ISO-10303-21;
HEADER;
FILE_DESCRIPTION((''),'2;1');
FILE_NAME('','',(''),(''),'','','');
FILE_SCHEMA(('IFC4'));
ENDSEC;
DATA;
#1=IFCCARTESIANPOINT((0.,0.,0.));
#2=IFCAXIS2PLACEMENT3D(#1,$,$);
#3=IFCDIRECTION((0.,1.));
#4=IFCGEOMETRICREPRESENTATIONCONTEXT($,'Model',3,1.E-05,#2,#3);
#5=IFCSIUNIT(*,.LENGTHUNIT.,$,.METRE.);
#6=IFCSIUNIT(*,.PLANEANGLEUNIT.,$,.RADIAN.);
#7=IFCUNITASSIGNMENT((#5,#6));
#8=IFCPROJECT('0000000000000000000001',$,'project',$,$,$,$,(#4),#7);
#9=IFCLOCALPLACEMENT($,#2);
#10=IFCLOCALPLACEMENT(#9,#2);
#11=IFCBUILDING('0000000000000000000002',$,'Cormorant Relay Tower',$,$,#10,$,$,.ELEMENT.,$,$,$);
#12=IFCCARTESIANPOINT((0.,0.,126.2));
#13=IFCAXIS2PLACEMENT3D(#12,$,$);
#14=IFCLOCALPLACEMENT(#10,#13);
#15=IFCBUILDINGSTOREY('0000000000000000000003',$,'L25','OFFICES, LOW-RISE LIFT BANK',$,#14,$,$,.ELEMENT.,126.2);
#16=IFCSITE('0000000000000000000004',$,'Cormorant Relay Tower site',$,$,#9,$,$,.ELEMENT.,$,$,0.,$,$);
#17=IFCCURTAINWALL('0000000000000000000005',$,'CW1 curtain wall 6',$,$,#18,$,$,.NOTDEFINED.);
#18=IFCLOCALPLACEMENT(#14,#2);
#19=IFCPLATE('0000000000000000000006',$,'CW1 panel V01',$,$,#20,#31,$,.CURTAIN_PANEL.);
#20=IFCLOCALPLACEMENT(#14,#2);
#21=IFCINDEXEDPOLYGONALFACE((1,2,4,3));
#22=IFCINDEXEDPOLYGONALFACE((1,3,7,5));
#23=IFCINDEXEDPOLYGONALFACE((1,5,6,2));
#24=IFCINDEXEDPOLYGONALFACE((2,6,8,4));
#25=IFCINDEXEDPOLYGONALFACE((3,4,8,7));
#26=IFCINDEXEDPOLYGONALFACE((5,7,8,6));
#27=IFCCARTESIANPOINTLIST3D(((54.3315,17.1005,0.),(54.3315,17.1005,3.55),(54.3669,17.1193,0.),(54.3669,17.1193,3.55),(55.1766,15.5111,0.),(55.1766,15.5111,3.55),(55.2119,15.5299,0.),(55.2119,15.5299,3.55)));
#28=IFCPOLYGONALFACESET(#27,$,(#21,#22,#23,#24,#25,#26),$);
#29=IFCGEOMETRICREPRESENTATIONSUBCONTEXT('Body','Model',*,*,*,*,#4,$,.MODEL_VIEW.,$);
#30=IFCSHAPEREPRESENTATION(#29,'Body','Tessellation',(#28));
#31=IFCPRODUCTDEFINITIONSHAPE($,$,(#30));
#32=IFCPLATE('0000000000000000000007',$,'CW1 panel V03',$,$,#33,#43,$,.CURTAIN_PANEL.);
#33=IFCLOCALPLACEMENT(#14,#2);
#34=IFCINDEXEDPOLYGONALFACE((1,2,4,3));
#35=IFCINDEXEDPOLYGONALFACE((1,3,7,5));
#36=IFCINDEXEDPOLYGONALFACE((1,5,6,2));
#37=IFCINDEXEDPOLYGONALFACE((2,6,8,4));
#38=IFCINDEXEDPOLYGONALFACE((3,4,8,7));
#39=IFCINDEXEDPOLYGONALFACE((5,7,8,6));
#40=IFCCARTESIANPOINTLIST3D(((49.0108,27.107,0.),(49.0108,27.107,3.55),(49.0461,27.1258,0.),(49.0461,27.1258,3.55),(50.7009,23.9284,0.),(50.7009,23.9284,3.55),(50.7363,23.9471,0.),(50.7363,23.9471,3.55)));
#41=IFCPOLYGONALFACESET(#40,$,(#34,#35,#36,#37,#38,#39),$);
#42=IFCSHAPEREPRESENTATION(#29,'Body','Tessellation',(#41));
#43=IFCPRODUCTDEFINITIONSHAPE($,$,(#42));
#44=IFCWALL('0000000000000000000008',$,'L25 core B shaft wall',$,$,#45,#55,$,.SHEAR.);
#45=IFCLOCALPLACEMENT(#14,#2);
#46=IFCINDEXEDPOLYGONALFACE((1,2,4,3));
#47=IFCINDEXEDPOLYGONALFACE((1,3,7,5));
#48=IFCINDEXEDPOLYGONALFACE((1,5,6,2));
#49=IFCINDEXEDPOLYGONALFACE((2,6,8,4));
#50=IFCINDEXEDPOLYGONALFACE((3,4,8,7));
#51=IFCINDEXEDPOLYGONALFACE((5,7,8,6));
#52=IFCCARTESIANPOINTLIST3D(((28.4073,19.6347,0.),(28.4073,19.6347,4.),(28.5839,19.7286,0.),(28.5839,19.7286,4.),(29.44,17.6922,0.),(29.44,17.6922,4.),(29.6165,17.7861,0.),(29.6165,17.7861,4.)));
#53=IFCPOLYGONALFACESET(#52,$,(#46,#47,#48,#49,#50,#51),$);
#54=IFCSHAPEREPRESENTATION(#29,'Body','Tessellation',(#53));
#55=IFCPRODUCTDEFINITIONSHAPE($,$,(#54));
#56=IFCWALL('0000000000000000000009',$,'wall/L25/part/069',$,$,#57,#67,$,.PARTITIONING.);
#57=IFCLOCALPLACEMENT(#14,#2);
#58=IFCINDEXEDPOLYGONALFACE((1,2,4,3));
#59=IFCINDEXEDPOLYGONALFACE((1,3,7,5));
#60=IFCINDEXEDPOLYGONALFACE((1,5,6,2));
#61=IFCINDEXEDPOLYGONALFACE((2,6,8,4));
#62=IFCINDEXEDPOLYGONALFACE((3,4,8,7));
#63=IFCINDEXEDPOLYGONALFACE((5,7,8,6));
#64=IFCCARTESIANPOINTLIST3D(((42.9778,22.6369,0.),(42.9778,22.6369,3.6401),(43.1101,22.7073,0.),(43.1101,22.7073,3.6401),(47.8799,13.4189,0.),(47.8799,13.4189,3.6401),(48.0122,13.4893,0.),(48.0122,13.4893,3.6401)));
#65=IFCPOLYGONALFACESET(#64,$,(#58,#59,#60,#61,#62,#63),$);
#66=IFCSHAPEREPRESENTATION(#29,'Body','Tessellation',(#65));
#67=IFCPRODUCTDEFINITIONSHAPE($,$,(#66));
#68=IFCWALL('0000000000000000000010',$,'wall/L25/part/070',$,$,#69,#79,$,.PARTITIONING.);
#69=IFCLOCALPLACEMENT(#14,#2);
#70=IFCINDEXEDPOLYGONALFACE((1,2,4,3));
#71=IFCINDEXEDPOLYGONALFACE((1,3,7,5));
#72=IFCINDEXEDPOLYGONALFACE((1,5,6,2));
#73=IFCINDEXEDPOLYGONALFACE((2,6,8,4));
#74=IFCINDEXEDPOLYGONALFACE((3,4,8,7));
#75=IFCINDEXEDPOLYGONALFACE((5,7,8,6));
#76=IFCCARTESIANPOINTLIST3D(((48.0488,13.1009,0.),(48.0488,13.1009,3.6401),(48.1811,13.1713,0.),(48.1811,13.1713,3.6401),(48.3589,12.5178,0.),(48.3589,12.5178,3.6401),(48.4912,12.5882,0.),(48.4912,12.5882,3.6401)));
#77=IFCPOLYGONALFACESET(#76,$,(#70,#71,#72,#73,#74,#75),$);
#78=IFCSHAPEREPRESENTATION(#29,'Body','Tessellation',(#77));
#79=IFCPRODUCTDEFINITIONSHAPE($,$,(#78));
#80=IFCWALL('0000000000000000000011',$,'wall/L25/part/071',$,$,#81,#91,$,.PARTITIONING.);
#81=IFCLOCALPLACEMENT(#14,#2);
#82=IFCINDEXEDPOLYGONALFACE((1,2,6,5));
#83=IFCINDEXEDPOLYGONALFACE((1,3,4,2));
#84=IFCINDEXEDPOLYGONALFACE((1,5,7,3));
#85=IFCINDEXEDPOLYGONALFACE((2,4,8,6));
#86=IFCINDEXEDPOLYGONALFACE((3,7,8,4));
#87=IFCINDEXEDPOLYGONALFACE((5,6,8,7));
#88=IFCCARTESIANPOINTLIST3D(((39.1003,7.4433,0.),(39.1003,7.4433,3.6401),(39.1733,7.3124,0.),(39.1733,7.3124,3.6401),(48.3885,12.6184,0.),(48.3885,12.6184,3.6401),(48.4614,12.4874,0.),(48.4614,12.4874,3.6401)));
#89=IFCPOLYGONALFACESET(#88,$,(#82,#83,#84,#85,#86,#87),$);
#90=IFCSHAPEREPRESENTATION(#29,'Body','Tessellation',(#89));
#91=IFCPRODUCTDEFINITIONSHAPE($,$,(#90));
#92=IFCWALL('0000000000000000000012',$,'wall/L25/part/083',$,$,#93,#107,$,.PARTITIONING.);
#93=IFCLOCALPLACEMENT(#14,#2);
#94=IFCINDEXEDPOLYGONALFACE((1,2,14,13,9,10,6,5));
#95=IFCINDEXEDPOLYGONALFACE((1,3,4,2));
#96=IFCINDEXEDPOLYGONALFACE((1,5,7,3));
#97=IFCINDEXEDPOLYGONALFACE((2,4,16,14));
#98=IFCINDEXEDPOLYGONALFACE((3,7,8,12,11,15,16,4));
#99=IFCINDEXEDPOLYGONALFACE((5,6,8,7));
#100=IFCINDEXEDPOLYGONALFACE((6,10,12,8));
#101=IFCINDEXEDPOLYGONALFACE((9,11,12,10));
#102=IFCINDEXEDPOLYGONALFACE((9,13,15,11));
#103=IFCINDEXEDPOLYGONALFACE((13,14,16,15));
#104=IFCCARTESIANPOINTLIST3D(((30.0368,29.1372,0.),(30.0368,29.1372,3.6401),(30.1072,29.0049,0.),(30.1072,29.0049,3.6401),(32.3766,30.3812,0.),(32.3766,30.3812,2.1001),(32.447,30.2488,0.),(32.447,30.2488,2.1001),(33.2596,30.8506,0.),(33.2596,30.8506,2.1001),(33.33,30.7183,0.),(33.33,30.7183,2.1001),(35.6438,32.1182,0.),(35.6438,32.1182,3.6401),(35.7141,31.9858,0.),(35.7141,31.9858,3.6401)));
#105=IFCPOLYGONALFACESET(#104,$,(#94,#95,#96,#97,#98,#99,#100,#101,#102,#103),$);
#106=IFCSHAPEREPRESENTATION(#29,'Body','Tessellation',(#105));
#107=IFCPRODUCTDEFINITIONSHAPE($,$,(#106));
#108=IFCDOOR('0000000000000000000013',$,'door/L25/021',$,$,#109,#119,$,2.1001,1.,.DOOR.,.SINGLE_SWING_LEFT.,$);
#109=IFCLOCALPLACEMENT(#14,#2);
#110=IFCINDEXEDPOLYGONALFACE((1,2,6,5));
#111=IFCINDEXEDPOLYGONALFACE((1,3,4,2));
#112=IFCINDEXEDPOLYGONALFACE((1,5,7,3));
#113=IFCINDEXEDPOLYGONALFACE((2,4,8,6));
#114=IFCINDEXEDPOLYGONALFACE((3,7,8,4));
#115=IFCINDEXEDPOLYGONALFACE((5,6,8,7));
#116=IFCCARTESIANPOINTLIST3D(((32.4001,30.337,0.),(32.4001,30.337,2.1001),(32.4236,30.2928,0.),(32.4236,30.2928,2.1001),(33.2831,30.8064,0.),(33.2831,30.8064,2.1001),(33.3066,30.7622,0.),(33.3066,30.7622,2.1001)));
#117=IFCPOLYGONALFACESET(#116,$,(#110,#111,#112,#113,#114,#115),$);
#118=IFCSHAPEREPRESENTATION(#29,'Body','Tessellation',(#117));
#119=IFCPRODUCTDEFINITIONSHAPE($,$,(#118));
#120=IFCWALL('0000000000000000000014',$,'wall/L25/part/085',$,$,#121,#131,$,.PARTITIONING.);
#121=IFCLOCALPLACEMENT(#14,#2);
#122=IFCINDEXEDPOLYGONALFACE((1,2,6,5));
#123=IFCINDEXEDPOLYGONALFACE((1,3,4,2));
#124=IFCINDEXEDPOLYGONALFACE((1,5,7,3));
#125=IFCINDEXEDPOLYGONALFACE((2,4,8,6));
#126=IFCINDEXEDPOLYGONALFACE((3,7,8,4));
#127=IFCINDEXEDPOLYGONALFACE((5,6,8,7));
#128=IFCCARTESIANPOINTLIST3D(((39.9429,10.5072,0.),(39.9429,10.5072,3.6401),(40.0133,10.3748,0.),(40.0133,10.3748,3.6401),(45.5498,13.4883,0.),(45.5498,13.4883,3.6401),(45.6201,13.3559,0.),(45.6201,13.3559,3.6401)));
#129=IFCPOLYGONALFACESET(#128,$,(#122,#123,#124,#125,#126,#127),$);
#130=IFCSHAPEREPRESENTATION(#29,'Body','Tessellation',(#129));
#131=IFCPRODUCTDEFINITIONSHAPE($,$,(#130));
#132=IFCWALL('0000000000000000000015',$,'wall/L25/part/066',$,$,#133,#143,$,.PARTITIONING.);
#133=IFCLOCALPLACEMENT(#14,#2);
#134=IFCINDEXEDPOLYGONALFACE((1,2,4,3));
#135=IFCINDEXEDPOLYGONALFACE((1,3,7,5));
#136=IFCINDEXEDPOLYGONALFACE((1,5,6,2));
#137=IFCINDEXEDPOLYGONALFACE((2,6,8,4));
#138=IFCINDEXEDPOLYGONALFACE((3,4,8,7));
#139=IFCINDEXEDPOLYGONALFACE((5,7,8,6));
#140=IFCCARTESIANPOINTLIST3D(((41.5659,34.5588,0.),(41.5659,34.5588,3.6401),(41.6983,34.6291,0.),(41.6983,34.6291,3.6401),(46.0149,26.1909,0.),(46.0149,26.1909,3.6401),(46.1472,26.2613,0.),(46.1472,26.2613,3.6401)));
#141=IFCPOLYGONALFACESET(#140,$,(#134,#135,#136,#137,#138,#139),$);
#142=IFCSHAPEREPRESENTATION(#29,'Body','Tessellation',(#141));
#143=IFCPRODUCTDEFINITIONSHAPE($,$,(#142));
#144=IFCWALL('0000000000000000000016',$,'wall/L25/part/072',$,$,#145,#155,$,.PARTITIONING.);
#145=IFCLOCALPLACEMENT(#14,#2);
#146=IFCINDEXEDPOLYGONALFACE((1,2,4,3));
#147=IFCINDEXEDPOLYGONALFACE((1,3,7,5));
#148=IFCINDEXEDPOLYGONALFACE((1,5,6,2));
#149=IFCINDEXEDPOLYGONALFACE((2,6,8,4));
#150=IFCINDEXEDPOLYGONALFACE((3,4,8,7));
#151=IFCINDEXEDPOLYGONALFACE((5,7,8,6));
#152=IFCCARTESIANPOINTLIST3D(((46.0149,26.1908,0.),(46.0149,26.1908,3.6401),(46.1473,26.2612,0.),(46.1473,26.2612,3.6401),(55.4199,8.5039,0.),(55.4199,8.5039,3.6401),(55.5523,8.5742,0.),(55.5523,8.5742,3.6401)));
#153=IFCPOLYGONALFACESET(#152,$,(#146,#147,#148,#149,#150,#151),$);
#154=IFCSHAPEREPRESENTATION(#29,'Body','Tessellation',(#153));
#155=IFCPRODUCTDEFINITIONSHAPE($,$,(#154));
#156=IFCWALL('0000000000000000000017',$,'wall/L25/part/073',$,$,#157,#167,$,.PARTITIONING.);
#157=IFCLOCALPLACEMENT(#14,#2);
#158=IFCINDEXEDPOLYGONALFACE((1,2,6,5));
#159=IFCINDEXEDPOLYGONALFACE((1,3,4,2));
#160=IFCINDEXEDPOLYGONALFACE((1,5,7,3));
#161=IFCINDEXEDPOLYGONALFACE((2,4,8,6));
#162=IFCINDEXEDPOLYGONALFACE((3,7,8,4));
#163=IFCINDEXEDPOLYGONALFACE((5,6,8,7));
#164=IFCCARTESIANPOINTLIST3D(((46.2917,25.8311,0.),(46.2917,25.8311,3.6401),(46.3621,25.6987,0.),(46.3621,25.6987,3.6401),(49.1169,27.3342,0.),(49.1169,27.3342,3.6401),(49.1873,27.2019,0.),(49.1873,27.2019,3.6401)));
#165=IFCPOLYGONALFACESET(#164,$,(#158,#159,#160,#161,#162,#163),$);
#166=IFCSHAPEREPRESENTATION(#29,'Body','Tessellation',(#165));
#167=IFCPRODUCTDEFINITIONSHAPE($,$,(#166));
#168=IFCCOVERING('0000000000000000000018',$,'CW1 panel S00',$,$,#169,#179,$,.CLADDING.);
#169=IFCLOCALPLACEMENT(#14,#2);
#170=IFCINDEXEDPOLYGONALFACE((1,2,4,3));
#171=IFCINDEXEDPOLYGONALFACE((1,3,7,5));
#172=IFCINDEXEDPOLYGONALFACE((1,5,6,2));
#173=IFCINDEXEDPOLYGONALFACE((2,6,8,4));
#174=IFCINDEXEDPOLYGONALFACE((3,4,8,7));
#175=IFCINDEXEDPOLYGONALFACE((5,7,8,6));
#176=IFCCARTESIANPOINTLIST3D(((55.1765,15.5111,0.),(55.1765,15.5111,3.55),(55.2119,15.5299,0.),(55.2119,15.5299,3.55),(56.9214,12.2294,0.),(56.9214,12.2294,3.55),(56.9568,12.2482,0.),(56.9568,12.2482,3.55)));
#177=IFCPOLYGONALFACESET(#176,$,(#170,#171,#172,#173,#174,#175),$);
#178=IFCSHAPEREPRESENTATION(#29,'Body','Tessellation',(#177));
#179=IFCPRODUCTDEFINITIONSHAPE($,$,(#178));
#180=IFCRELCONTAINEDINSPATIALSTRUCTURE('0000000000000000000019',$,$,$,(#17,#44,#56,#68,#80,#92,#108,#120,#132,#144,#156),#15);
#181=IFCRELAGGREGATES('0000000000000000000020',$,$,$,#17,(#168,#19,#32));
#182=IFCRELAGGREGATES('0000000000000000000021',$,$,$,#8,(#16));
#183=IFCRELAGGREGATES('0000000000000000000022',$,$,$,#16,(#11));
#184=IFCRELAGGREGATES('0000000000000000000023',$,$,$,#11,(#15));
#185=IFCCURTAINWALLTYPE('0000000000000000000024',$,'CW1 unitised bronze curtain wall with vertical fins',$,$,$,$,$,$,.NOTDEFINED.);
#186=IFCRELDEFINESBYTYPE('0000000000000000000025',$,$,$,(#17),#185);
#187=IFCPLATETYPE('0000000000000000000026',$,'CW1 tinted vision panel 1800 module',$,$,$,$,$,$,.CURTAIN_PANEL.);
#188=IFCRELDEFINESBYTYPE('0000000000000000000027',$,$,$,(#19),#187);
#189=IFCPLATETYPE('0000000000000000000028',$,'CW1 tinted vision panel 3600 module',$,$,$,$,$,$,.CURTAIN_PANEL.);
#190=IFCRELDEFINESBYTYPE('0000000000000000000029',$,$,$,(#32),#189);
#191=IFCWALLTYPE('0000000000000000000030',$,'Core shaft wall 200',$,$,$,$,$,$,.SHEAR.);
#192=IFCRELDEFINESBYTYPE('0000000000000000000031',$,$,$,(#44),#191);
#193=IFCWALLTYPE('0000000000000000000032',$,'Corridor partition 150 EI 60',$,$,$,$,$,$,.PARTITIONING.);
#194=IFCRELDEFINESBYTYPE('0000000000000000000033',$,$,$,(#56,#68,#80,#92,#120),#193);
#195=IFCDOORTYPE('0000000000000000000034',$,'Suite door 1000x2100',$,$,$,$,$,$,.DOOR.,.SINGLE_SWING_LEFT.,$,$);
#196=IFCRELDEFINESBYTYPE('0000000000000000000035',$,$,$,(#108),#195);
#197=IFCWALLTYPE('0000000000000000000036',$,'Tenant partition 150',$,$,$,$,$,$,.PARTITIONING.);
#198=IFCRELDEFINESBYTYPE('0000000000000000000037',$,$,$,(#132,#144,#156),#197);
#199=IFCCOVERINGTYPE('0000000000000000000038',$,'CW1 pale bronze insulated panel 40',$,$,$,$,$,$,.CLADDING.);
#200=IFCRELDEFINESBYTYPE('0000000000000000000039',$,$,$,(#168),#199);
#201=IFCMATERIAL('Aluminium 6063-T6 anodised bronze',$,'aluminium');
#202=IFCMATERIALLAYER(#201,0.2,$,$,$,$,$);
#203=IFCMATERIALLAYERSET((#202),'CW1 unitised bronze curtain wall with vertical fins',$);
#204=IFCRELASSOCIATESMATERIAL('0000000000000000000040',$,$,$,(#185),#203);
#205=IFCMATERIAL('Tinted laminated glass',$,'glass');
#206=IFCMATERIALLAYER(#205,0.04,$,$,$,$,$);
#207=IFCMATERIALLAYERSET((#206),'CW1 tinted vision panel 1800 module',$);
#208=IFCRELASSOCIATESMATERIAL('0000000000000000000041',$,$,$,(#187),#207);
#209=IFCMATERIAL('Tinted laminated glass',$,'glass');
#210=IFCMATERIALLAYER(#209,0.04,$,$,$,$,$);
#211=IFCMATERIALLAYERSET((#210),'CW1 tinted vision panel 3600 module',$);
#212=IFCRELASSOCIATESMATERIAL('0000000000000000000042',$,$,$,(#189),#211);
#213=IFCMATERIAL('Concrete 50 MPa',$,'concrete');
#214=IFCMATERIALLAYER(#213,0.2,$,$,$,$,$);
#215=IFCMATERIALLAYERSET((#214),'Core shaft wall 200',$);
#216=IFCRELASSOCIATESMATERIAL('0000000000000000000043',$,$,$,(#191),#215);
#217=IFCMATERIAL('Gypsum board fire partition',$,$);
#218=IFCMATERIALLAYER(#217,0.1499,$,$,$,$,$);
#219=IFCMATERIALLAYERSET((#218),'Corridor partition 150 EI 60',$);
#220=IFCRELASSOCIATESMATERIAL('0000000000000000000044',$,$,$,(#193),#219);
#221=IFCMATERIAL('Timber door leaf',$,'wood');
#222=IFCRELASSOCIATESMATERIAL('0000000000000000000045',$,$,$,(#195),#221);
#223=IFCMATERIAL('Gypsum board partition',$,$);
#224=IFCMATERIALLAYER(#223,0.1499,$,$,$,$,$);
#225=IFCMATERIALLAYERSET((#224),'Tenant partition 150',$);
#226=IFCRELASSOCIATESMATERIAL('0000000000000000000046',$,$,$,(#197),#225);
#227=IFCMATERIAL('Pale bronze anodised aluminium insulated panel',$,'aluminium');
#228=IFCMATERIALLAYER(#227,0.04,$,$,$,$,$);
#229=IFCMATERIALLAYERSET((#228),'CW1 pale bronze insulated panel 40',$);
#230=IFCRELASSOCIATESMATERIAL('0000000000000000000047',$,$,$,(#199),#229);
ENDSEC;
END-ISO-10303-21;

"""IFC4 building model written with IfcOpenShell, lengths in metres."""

from ifc_helpers import new_model, si_unit, direction, frame, frame_2d, origin, origin_2d, place, context, subcontext, project, spatial, rectangle, extrude, material, layer, layer_set, type_object, element, fill, aggregate, save


model = new_model("IFC4")

# Units and contexts
model_context = context("Model", 3, precision=1e-05, world=origin(), true_north=direction((0.0, 1.0)))
body_context = subcontext(model_context, "Body", "Model", "MODEL_VIEW")
ifc_project = project(units=[si_unit("LENGTHUNIT", "METRE"), si_unit("PLANEANGLEUNIT", "RADIAN")], contexts=[model_context])

# Site, building, storey
site_placement = place(None, origin())
site = spatial("IfcSite", under=ifc_project, at=site_placement, Name="Cormorant Relay Tower site", CompositionType="ELEMENT", RefElevation=0.0)
building_placement = place(site_placement, origin())
building = spatial("IfcBuilding", under=site, at=building_placement, Name="Cormorant Relay Tower", CompositionType="ELEMENT")
storey_placement = place(building_placement, frame((0.0, 0.0, 126.2)))
storey = spatial("IfcBuildingStorey", under=building, at=storey_placement, Name="L25", Description="OFFICES, LOW-RISE LIFT BANK", CompositionType="ELEMENT", Elevation=126.2)

# Curtain wall
ifc_material_1 = material(Name="Aluminium 6063-T6 anodised bronze", Category="aluminium")
ifc_layer_1 = layer(ifc_material_1, 0.2)
ifc_layer_set_1 = layer_set([ifc_layer_1], Name="CW1 unitised bronze curtain wall with vertical fins")
curtain_wall_type = type_object("IfcCurtainWallType", Name="CW1 unitised bronze curtain wall with vertical fins", PredefinedType="NOTDEFINED", material=ifc_layer_set_1)
curtain_wall_placement = place(storey_placement, origin())
curtain_wall = element("IfcCurtainWall", 1, at=curtain_wall_placement, inside=storey, type_object=curtain_wall_type, Name="CW1 curtain wall 6", PredefinedType="NOTDEFINED")

# Plates
ifc_material_2 = material(Name="Tinted laminated glass", Category="glass")
ifc_layer_2 = layer(ifc_material_2, 0.04)
ifc_layer_set_2 = layer_set([ifc_layer_2], Name="CW1 tinted vision panel 1800 module")
plate_type_1 = type_object("IfcPlateType", Name="CW1 tinted vision panel 1800 module", PredefinedType="CURTAIN_PANEL", material=ifc_layer_set_2)
plate_1_placement = place(storey_placement, frame((54.7717, 16.3152, 0.0), z_axis=(0.0, 0.0, 1.0), x_axis=(-0.469472, 0.882948, 0.0)))
plate_1 = element("IfcPlate", 2, at=plate_1_placement, type_object=plate_type_1, Name="CW1 panel V01", PredefinedType="CURTAIN_PANEL", context=body_context, shape_type="SweptSolid", body=[
    extrude(rectangle(XDim=1.8, YDim=0.04, at=origin_2d()), origin(), (0.0, 0.0, 1.0), 3.55),
])
ifc_material_3 = material(Name="Tinted laminated glass", Category="glass")
ifc_layer_3 = layer(ifc_material_3, 0.04)
ifc_layer_set_3 = layer_set([ifc_layer_3], Name="CW1 tinted vision panel 3600 module")
plate_type_2 = type_object("IfcPlateType", Name="CW1 tinted vision panel 3600 module", PredefinedType="CURTAIN_PANEL", material=ifc_layer_set_3)
plate_2_placement = place(storey_placement, frame((49.8735, 25.5271, 0.0), z_axis=(0.0, 0.0, 1.0), x_axis=(-0.469472, 0.882948, 0.0)))
plate_2 = element("IfcPlate", 3, at=plate_2_placement, type_object=plate_type_2, Name="CW1 panel V03", PredefinedType="CURTAIN_PANEL", context=body_context, shape_type="SweptSolid", body=[
    extrude(rectangle(XDim=3.6001, YDim=0.04, at=origin_2d()), origin(), (0.0, 0.0, 1.0), 3.55),
])

# Wall
ifc_material_4 = material(Name="Concrete 50 MPa", Category="concrete")
ifc_layer_4 = layer(ifc_material_4, 0.2)
ifc_layer_set_4 = layer_set([ifc_layer_4], Name="Core shaft wall 200")
wall_type_1 = type_object("IfcWallType", Name="Core shaft wall 200", PredefinedType="SHEAR", material=ifc_layer_set_4)
wall_1_placement = place(storey_placement, frame((29.5283, 17.739, 0.0), z_axis=(0.0, 0.0, 1.0), x_axis=(-0.469401, 0.882985, 0.0)))
element("IfcWall", 4, at=wall_1_placement, inside=storey, type_object=wall_type_1, Name="L25 core B shaft wall", PredefinedType="SHEAR", context=body_context, shape_type="SweptSolid", body=[
    extrude(rectangle(XDim=2.2, YDim=0.2, at=frame_2d((1.1001, 0.0))), origin(), (0.0, 0.0, 1.0), 4.0),
])

# Walls
ifc_material_5 = material(Name="Gypsum board fire partition")
ifc_layer_5 = layer(ifc_material_5, 0.1499)
ifc_layer_set_5 = layer_set([ifc_layer_5], Name="Corridor partition 150 EI 60")
wall_type_2 = type_object("IfcWallType", Name="Corridor partition 150 EI 60", PredefinedType="PARTITIONING", material=ifc_layer_set_5)
wall_2_placement = place(storey_placement, frame((43.0439, 22.6721, 0.0), z_axis=(0.0, 0.0, 1.0), x_axis=(0.469531, -0.882916, 0.0)))
element("IfcWall", 5, at=wall_2_placement, inside=storey, type_object=wall_type_2, Name="wall/L25/part/069", PredefinedType="PARTITIONING", context=body_context, shape_type="SweptSolid", body=[
    extrude(rectangle(XDim=10.4404, YDim=0.1499, at=frame_2d((5.2202, 0.0))), origin(), (0.0, 0.0, 1.0), 3.6401),
])
wall_3_placement = place(storey_placement, frame((48.115, 13.136, 0.0), z_axis=(0.0, 0.0, 1.0), x_axis=(0.469552, -0.882905, 0.0)))
element("IfcWall", 6, at=wall_3_placement, inside=storey, type_object=wall_type_2, Name="wall/L25/part/070", PredefinedType="PARTITIONING", context=body_context, shape_type="SweptSolid", body=[
    extrude(rectangle(XDim=0.6604, YDim=0.1499, at=frame_2d((0.3301, 0.0))), origin(), (0.0, 0.0, 1.0), 3.6401),
])
wall_4_placement = place(storey_placement, frame((48.425, 12.553, 0.0), z_axis=(0.0, 0.0, 1.0), x_axis=(-0.873558, -0.486721, 0.0)))
element("IfcWall", 7, at=wall_4_placement, inside=storey, type_object=wall_type_2, Name="wall/L25/part/071", PredefinedType="PARTITIONING", context=body_context, shape_type="SweptSolid", body=[
    extrude(rectangle(XDim=10.6326, YDim=0.1499, at=frame_2d((5.3164, 0.0))), origin(), (0.0, 0.0, 1.0), 3.6401),
])

# Wall, opening, door
wall_5_placement = place(storey_placement, frame((30.072, 29.071, 0.0), z_axis=(0.0, 0.0, 1.0), x_axis=(0.882967, 0.469434, 0.0)))
wall_5 = element("IfcWall", 8, at=wall_5_placement, inside=storey, type_object=wall_type_2, Name="wall/L25/part/083", PredefinedType="PARTITIONING", context=body_context, shape_type="SweptSolid", body=[
    extrude(rectangle(XDim=6.3501, YDim=0.1499, at=frame_2d((3.175, 0.0))), origin(), (0.0, 0.0, 1.0), 3.6401),
])
opening_1_placement = place(wall_5_placement, frame((2.6499, 0.0, 0.0)))
opening_1 = element("IfcOpeningElement", 9, at=opening_1_placement, cuts=wall_5, PredefinedType="OPENING", context=body_context, shape_type="SweptSolid", body=[
    extrude(rectangle(XDim=1.0, YDim=2.1001, at=frame_2d((0.5, 1.05))), frame((0.0, 0.085, 0.0), z_axis=(0.0, -1.0, 0.0), x_axis=(1.0, 0.0, 0.0)), (0.0, 0.0, 1.0), 0.1699),
])
ifc_material_6 = material(Name="Timber door leaf", Category="wood")
door_type_1 = type_object("IfcDoorType", Name="Suite door 1000x2100", OperationType="SINGLE_SWING_LEFT", PredefinedType="DOOR", material=ifc_material_6)
door_1_placement = place(opening_1_placement, origin())
door_1 = element("IfcDoor", 10, at=door_1_placement, inside=storey, type_object=door_type_1, Name="door/L25/021", OperationType="SINGLE_SWING_LEFT", OverallHeight=2.1001, OverallWidth=1.0, PredefinedType="DOOR", context=body_context, shape_type="SweptSolid", body=[
    extrude(rectangle(XDim=1.0, YDim=2.1001, at=frame_2d((0.5, 1.05))), frame((0.0, 0.0249, 0.0), z_axis=(0.0, -1.0, 0.0), x_axis=(1.0, 0.0, 0.0)), (0.0, 0.0, 1.0), 0.05),
])
fill(opening_1, door_1)

# Walls
wall_6_placement = place(storey_placement, frame((45.585, 13.4221, 0.0), z_axis=(0.0, 0.0, 1.0), x_axis=(-0.882951, -0.469464, 0.0)))
element("IfcWall", 11, at=wall_6_placement, inside=storey, type_object=wall_type_2, Name="wall/L25/part/085", PredefinedType="PARTITIONING", context=body_context, shape_type="SweptSolid", body=[
    extrude(rectangle(XDim=6.3501, YDim=0.1499, at=frame_2d((3.175, 0.0))), origin(), (0.0, 0.0, 1.0), 3.6401),
])
ifc_material_7 = material(Name="Gypsum board partition")
ifc_layer_6 = layer(ifc_material_7, 0.1499)
ifc_layer_set_6 = layer_set([ifc_layer_6], Name="Tenant partition 150")
wall_type_3 = type_object("IfcWallType", Name="Tenant partition 150", PredefinedType="PARTITIONING", material=ifc_layer_set_6)
wall_7_placement = place(storey_placement, frame((46.0811, 26.2261, 0.0), z_axis=(0.0, 0.0, 1.0), x_axis=(-0.469445, 0.882962, 0.0)))
element("IfcWall", 12, at=wall_7_placement, inside=storey, type_object=wall_type_3, Name="wall/L25/part/066", PredefinedType="PARTITIONING", context=body_context, shape_type="SweptSolid", body=[
    extrude(rectangle(XDim=9.4771, YDim=0.1499, at=frame_2d((4.7385, 0.0))), origin(), (0.0, 0.0, 1.0), 3.6401),
])
wall_8_placement = place(storey_placement, frame((46.0811, 26.2261, 0.0), z_axis=(0.0, 0.0, 1.0), x_axis=(0.469498, -0.882934, 0.0)))
element("IfcWall", 13, at=wall_8_placement, inside=storey, type_object=wall_type_3, Name="wall/L25/part/072", PredefinedType="PARTITIONING", context=body_context, shape_type="SweptSolid", body=[
    extrude(rectangle(XDim=20.032, YDim=0.1499, at=frame_2d((10.0161, 0.0))), origin(), (0.0, 0.0, 1.0), 3.6401),
])
wall_9_placement = place(storey_placement, frame((49.1521, 27.2681, 0.0), z_axis=(0.0, 0.0, 1.0), x_axis=(-0.882819, -0.469713, 0.0)))
element("IfcWall", 14, at=wall_9_placement, inside=storey, type_object=wall_type_3, Name="wall/L25/part/073", PredefinedType="PARTITIONING", context=body_context, shape_type="SweptSolid", body=[
    extrude(rectangle(XDim=3.2002, YDim=0.1499, at=frame_2d((1.6001, 0.0))), origin(), (0.0, 0.0, 1.0), 3.6401),
])

# Covering
ifc_material_8 = material(Name="Pale bronze anodised aluminium insulated panel", Category="aluminium")
ifc_layer_7 = layer(ifc_material_8, 0.04)
ifc_layer_set_7 = layer_set([ifc_layer_7], Name="CW1 pale bronze insulated panel 40")
covering_type = type_object("IfcCoveringType", Name="CW1 pale bronze insulated panel 40", PredefinedType="CLADDING", material=ifc_layer_set_7)
covering_1_placement = place(storey_placement, frame((56.0667, 13.8796, 0.0), z_axis=(0.0, 0.0, 1.0), x_axis=(-0.469472, 0.882948, 0.0)))
covering_1 = element("IfcCovering", 15, at=covering_1_placement, type_object=covering_type, Name="CW1 panel S00", PredefinedType="CLADDING", context=body_context, shape_type="SweptSolid", body=[
    extrude(rectangle(XDim=3.7168, YDim=0.04, at=origin_2d()), origin(), (0.0, 0.0, 1.0), 3.55),
])
aggregate(curtain_wall, [covering_1, plate_1, plate_2])

save(model, "model.ifc")
